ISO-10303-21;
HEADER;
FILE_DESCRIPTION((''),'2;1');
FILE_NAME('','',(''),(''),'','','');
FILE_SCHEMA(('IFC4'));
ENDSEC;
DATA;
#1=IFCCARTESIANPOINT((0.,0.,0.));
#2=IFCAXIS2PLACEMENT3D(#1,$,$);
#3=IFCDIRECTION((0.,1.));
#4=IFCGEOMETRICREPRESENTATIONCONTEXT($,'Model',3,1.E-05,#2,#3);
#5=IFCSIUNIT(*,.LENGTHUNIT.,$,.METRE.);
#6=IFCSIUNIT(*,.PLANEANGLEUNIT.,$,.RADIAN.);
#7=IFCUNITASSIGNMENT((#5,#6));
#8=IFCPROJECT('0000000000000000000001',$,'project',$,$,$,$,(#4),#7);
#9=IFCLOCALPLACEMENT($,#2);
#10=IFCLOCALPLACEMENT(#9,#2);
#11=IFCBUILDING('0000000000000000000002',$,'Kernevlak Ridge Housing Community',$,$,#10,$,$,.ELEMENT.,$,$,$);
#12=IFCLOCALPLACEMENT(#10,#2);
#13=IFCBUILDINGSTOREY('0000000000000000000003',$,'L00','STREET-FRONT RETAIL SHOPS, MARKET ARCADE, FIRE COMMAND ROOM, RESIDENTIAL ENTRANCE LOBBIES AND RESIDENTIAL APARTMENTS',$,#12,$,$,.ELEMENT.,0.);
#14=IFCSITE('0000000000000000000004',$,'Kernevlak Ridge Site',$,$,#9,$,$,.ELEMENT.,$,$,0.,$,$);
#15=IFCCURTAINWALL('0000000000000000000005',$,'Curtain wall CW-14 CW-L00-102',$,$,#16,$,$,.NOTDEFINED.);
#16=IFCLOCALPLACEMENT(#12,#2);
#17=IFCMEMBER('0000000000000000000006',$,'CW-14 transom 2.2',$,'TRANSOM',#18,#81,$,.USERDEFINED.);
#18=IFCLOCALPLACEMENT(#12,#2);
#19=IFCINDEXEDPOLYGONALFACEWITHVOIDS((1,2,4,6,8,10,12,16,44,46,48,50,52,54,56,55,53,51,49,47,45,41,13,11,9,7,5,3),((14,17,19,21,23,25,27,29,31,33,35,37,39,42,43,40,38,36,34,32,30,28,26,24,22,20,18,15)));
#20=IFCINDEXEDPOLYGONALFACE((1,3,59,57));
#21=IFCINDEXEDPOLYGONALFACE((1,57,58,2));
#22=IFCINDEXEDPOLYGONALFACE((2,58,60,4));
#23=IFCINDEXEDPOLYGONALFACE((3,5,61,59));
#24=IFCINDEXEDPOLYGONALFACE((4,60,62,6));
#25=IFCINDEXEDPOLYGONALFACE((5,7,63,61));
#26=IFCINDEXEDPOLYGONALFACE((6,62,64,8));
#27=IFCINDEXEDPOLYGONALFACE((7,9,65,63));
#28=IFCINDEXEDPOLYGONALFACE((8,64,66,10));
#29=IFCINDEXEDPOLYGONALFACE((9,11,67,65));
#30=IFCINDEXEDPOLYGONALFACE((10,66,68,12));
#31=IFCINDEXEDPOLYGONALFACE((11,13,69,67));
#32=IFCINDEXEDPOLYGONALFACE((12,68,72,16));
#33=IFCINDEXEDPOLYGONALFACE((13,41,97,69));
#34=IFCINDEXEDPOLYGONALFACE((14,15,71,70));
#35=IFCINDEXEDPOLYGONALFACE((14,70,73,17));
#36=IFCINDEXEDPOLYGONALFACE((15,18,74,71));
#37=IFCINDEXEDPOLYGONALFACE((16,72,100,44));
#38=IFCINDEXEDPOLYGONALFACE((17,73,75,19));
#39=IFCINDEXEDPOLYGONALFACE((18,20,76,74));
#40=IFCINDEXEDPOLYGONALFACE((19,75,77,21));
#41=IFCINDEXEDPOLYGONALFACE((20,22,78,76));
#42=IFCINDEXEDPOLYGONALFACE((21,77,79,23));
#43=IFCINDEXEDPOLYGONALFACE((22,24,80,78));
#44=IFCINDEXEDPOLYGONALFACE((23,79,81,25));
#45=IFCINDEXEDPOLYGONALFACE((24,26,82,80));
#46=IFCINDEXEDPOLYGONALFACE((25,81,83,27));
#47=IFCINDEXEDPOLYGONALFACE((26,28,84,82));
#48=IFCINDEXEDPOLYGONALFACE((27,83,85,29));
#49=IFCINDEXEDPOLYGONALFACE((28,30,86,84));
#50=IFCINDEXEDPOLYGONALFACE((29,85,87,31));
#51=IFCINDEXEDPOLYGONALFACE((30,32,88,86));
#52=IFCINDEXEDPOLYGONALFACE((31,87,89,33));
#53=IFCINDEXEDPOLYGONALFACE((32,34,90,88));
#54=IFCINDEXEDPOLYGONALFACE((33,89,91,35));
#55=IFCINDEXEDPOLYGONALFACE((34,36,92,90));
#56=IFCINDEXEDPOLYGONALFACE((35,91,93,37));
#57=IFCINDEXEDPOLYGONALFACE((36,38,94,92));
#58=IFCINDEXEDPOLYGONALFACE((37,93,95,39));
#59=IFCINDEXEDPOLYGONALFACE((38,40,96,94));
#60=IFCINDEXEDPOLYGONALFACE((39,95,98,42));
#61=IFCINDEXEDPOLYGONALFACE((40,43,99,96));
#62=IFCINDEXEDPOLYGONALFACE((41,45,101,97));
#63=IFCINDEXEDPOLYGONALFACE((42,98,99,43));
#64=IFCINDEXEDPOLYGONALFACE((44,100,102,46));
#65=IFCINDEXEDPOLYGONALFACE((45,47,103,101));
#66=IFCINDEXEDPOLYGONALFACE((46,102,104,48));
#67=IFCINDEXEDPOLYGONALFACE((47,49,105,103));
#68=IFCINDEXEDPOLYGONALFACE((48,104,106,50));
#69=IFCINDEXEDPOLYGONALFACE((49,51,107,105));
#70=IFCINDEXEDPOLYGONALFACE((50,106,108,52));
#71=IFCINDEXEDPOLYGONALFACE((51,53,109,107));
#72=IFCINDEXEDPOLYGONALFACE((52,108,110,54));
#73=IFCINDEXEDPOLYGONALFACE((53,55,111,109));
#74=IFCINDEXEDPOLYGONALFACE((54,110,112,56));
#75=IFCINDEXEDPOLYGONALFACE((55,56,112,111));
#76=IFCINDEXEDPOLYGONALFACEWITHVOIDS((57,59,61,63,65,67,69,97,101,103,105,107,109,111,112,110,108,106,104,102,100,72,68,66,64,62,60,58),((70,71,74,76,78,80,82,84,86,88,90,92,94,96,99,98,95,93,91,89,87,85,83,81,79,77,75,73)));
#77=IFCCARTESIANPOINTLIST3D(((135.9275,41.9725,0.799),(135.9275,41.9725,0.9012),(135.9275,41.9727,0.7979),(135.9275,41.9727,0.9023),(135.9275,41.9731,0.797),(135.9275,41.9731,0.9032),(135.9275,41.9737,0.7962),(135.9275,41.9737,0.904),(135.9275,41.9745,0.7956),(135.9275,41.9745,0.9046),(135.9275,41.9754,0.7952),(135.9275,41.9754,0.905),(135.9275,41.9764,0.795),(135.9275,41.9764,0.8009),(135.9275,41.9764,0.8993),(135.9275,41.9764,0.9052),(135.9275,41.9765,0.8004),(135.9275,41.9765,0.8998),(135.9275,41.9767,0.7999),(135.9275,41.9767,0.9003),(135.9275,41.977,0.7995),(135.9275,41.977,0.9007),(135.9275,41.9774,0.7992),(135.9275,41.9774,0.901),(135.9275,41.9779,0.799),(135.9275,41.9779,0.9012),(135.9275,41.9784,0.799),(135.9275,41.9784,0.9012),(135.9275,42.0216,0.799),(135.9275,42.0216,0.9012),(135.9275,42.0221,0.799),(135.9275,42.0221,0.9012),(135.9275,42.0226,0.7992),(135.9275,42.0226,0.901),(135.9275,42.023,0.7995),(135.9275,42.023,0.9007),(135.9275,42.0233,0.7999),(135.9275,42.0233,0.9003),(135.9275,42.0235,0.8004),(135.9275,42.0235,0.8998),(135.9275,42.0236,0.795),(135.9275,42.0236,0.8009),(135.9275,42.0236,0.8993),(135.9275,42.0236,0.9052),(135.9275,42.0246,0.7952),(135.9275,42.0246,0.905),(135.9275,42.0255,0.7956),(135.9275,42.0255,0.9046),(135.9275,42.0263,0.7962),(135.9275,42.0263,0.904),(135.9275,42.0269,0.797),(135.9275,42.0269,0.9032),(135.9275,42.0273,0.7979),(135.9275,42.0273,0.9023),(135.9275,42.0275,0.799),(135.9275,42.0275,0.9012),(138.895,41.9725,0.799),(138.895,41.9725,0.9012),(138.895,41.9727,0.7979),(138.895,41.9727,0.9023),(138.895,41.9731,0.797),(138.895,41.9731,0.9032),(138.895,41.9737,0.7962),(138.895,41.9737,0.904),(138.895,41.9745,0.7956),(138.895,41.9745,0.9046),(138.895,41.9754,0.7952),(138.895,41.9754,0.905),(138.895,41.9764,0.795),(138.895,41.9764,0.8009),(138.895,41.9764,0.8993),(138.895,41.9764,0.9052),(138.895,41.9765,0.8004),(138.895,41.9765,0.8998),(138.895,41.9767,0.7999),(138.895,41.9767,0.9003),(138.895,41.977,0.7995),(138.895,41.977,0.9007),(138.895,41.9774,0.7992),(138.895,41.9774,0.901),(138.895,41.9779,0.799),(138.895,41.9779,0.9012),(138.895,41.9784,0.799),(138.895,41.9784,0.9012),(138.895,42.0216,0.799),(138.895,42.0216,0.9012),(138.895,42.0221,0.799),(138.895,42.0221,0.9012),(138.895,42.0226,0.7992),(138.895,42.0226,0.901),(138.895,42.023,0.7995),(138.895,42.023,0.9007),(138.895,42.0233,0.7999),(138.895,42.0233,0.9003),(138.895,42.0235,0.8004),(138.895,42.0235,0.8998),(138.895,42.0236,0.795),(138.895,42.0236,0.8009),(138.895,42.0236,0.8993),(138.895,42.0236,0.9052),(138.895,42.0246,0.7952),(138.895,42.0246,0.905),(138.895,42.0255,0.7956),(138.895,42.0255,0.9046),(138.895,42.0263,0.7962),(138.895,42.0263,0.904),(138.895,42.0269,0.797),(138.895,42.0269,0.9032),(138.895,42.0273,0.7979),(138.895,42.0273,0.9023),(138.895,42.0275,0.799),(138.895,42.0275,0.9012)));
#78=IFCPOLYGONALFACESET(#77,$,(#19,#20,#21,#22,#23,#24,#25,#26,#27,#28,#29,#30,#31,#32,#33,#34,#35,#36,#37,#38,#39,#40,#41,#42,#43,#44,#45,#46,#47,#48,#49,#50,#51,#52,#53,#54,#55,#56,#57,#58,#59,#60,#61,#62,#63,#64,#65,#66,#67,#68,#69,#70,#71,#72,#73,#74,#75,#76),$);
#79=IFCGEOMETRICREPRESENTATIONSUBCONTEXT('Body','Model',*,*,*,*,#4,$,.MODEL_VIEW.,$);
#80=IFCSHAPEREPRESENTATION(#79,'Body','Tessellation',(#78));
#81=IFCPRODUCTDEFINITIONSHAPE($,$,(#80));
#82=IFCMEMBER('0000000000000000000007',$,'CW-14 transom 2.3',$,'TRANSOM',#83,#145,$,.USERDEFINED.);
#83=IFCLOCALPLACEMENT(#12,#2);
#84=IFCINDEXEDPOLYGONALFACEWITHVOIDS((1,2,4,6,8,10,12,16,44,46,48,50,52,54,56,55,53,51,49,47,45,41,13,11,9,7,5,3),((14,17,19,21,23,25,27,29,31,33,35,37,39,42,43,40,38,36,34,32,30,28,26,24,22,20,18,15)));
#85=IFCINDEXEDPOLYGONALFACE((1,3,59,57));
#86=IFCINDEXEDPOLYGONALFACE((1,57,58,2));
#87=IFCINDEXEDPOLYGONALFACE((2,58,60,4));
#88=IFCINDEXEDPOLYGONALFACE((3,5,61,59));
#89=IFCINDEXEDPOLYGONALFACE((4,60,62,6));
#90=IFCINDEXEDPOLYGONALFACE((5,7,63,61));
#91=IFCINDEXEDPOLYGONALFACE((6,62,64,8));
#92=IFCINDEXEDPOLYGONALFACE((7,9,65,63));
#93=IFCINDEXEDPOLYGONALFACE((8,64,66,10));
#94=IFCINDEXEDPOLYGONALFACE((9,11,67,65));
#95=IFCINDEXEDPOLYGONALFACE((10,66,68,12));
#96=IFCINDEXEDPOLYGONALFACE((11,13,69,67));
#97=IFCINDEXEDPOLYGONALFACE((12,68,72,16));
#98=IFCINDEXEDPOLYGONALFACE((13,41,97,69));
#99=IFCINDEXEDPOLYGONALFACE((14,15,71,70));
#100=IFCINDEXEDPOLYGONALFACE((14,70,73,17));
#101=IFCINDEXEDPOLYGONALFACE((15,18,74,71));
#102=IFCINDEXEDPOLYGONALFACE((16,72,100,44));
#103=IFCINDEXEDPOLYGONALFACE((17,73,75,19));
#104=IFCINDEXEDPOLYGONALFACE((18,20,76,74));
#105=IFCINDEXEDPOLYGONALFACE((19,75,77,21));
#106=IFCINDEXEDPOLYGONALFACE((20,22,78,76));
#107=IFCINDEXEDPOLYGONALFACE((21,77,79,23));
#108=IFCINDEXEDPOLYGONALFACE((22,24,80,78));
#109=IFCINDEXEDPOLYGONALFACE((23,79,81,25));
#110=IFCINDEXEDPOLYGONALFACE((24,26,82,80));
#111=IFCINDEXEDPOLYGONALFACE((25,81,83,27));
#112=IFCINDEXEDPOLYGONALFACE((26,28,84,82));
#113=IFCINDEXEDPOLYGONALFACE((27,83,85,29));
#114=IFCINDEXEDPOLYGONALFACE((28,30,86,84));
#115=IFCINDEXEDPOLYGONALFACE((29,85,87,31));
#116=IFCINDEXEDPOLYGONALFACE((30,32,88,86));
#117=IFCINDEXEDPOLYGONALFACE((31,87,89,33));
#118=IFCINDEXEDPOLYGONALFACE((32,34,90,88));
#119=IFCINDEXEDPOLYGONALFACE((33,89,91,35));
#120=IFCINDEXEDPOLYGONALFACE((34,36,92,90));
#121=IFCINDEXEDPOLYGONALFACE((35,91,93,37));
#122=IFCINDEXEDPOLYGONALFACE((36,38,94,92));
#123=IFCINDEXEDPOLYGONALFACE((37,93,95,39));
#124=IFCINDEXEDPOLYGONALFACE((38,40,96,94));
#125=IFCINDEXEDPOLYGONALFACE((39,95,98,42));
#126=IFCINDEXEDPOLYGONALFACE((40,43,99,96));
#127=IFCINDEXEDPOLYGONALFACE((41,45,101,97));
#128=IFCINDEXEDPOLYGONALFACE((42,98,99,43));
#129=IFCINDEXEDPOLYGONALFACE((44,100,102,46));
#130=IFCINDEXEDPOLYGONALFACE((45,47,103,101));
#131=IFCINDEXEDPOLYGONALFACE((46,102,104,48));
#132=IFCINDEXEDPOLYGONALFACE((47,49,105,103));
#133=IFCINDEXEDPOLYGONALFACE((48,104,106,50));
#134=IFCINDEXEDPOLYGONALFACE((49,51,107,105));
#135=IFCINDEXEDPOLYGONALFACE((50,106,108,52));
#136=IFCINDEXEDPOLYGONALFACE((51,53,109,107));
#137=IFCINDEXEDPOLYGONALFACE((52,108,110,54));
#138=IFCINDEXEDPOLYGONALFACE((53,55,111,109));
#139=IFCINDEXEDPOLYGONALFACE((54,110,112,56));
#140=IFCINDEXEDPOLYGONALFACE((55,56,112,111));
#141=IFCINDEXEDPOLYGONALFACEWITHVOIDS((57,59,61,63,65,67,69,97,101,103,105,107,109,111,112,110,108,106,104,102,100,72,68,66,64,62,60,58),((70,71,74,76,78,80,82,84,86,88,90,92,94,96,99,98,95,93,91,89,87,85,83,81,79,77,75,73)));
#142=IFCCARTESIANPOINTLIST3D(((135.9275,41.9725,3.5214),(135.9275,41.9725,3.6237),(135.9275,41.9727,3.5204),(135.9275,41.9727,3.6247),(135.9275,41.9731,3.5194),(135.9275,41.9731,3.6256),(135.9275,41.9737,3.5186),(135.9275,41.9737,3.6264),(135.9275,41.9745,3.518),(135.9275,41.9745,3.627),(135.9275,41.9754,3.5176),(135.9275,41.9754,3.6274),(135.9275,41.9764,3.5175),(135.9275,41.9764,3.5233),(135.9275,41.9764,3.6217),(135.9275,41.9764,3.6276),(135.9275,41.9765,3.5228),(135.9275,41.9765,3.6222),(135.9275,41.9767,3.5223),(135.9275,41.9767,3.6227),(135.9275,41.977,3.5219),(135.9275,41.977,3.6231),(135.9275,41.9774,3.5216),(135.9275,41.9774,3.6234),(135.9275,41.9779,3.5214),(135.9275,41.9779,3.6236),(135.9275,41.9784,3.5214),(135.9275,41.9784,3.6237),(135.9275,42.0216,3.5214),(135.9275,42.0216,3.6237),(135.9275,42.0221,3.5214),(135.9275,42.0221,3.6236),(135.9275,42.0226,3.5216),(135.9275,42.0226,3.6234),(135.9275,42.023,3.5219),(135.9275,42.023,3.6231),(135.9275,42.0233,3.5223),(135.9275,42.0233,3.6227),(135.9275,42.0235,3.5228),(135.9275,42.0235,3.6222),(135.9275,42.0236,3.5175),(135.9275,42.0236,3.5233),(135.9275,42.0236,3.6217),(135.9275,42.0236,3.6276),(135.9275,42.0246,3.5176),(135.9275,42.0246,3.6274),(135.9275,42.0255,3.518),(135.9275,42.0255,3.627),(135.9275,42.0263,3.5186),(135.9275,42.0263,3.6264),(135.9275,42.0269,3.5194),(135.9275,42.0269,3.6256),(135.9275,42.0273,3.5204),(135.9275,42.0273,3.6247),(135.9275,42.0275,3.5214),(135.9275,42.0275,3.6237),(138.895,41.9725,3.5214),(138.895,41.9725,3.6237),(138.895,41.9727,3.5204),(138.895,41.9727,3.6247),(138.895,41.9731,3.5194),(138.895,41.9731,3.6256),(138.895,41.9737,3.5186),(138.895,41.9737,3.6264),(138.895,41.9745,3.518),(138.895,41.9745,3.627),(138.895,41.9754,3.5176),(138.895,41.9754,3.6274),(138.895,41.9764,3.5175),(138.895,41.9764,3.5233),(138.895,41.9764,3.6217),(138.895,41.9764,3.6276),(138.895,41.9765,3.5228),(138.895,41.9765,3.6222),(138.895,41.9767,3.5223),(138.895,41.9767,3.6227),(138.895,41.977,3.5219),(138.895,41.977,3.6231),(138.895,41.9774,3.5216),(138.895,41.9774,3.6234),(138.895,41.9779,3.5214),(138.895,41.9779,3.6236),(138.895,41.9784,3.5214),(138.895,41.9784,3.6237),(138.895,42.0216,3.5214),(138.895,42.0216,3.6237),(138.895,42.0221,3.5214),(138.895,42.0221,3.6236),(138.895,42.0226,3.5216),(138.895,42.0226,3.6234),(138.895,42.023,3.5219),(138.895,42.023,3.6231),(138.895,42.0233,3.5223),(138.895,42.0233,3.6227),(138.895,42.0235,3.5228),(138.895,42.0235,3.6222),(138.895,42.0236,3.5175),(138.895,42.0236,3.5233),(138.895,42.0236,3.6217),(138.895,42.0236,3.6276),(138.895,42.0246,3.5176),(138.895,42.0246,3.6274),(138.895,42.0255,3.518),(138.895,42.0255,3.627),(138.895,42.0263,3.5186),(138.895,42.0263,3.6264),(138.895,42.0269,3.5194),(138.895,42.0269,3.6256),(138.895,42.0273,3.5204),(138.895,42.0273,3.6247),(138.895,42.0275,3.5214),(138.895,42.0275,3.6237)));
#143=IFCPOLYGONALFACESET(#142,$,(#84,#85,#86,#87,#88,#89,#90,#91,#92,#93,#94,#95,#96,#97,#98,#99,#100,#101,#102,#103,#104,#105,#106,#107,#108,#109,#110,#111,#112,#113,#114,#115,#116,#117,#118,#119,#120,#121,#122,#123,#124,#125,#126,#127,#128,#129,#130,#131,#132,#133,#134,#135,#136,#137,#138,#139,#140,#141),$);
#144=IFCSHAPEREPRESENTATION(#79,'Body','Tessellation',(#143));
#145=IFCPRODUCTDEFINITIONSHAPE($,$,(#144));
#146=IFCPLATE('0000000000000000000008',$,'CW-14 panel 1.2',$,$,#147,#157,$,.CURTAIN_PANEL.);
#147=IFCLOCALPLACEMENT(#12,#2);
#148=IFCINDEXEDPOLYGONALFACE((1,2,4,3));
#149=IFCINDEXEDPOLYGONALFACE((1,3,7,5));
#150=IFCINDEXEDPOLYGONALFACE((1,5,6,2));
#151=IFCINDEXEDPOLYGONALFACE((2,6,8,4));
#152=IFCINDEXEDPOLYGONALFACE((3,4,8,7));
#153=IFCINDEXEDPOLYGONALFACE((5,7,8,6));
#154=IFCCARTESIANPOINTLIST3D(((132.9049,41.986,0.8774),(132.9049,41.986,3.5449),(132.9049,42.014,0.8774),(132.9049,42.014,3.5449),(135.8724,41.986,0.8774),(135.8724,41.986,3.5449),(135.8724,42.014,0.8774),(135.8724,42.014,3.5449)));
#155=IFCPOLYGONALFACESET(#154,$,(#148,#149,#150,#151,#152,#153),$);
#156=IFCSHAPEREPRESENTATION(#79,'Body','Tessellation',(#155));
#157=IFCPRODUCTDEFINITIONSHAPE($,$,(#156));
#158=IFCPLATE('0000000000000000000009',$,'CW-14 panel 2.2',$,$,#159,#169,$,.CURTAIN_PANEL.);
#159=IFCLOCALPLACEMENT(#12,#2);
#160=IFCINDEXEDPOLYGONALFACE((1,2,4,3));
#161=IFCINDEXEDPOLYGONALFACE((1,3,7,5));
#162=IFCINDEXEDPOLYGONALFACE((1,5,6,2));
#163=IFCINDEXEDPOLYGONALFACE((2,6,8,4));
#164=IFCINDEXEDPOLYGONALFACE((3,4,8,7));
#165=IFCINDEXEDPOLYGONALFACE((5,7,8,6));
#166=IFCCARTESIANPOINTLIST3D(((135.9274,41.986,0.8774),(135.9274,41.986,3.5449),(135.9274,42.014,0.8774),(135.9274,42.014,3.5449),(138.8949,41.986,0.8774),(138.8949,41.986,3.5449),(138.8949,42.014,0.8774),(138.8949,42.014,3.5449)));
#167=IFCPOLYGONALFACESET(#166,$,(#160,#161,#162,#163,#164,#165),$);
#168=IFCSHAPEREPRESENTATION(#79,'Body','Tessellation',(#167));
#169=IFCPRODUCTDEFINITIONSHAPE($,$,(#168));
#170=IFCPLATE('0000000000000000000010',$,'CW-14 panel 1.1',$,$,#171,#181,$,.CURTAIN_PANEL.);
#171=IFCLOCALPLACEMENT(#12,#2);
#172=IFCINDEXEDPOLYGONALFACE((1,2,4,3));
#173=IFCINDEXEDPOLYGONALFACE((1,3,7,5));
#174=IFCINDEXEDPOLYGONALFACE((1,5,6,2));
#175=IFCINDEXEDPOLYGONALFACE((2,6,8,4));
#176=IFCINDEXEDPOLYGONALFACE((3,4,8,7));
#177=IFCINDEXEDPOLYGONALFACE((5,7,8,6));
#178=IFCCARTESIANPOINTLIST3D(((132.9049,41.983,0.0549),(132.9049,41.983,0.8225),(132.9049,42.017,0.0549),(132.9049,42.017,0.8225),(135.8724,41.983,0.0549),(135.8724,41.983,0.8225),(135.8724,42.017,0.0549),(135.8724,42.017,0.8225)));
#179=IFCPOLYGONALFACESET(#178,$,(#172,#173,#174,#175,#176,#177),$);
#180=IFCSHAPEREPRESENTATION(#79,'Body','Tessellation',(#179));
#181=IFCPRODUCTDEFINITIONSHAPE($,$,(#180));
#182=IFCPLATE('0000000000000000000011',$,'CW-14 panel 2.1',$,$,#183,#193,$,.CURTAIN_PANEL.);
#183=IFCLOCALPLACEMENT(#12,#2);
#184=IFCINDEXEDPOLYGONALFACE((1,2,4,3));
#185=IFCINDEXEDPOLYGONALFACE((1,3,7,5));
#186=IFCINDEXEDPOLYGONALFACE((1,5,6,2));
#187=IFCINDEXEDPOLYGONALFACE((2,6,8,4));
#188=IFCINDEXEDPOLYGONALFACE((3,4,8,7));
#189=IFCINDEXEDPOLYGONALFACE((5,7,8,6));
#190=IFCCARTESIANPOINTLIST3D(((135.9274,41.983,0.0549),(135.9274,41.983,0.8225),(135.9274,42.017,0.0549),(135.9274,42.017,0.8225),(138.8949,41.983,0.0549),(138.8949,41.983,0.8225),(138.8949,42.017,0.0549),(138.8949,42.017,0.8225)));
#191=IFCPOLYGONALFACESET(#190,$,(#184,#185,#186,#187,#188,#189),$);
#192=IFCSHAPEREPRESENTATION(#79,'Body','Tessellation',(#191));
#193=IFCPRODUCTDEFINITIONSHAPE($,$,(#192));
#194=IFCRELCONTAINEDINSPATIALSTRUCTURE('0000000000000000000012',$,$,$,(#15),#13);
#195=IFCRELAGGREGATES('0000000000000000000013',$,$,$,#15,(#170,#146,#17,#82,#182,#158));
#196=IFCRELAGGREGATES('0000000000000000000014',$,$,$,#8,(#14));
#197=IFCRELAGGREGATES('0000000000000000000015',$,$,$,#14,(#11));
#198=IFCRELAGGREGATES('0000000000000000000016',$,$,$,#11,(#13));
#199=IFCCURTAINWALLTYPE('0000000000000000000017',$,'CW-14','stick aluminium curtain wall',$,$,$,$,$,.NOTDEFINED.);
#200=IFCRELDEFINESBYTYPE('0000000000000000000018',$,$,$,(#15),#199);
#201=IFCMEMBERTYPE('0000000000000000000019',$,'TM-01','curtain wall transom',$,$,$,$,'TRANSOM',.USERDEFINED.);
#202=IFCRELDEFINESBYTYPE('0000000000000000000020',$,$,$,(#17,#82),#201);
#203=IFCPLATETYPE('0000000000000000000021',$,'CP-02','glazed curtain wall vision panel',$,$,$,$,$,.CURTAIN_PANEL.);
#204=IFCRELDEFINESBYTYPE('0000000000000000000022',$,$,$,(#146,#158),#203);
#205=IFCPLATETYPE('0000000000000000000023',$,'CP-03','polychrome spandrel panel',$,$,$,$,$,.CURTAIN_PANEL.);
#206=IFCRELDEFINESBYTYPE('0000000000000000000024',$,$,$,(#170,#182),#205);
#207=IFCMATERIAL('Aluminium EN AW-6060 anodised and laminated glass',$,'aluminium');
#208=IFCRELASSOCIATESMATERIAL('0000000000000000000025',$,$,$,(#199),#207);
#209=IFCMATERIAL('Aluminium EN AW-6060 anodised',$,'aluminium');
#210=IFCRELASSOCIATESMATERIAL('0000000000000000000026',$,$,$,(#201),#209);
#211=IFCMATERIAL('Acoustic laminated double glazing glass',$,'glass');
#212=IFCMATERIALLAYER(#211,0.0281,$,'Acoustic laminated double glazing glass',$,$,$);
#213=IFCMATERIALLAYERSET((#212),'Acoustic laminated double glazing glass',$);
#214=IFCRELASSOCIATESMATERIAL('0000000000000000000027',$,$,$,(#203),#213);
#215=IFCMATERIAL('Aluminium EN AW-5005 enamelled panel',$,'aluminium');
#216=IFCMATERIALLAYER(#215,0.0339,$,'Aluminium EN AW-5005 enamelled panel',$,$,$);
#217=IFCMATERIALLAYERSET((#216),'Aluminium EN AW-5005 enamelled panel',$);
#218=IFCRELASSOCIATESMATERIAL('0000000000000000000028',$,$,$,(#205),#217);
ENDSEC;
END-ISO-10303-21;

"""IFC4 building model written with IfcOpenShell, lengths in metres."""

from ifc_helpers import new_model, si_unit, direction, frame, origin, origin_2d, place, context, subcontext, project, spatial, rectangle, hollow_rectangle, extrude, material, layer, layer_set, material_profile, profile_set, type_object, element, aggregate, save


model = new_model("IFC4")

# Units and contexts
model_context = context("Model", 3, precision=1e-05, world=origin(), true_north=direction((0.0, 1.0)))
body_context = subcontext(model_context, "Body", "Model", "MODEL_VIEW")
ifc_project = project(units=[si_unit("LENGTHUNIT", "METRE"), si_unit("PLANEANGLEUNIT", "RADIAN")], contexts=[model_context])

# Site, building, storey
site_placement = place(None, origin())
site = spatial("IfcSite", under=ifc_project, at=site_placement, Name="Kernevlak Ridge Site", CompositionType="ELEMENT", RefElevation=0.0)
building_placement = place(site_placement, origin())
building = spatial("IfcBuilding", under=site, at=building_placement, Name="Kernevlak Ridge Housing Community", CompositionType="ELEMENT")
storey_placement = place(building_placement, origin())
storey = spatial("IfcBuildingStorey", under=building, at=storey_placement, Name="L00", Description="STREET-FRONT RETAIL SHOPS, MARKET ARCADE, FIRE COMMAND ROOM, RESIDENTIAL ENTRANCE LOBBIES AND RESIDENTIAL APARTMENTS", CompositionType="ELEMENT", Elevation=0.0)

# Curtain wall
ifc_material_1 = material(Name="Aluminium EN AW-6060 anodised and laminated glass", Category="aluminium")
curtain_wall_type = type_object("IfcCurtainWallType", Name="CW-14", Description="stick aluminium curtain wall", PredefinedType="NOTDEFINED", material=ifc_material_1)
curtain_wall_placement = place(storey_placement, origin())
curtain_wall = element("IfcCurtainWall", 1, at=curtain_wall_placement, inside=storey, type_object=curtain_wall_type, Name="Curtain wall CW-14 CW-L00-102", PredefinedType="NOTDEFINED")
ifc_material_2 = material(Name="Aluminium EN AW-6060 anodised", Category="aluminium")

# Members
ifc_material_profile_1 = material_profile(ifc_material_2, hollow_rectangle(XDim=0.0549, YDim=0.1101, WallThickness=0.0039, InnerFilletRadius=0.002, OuterFilletRadius=0.0039, at=origin_2d()), Name="ALU 55x110x4")
ifc_profile_set_1 = profile_set([ifc_material_profile_1], Name="Aluminium EN AW-6060 anodised")
member_type_1 = type_object("IfcMemberType", Name="TM-01", Description="curtain wall transom", ElementType="TRANSOM", PredefinedType="USERDEFINED", material=ifc_profile_set_1)
member_1_placement = place(storey_placement, frame((135.9275, 42.0, 0.8501), z_axis=(1.0, 0.0, 0.0), x_axis=(0.0, 1.0, 0.0)))
member_1 = element("IfcMember", 2, at=member_1_placement, type_object=member_type_1, Name="CW-14 transom 2.2", ObjectType="TRANSOM", PredefinedType="USERDEFINED", context=body_context, shape_type="SweptSolid", body=[
    extrude(hollow_rectangle(XDim=0.0549, YDim=0.1101, WallThickness=0.0039, InnerFilletRadius=0.002, OuterFilletRadius=0.0039, at=origin_2d()), origin(), (0.0, 0.0, 1.0), 2.9675),
])
member_2_placement = place(storey_placement, frame((135.9275, 42.0, 3.5725), z_axis=(1.0, 0.0, 0.0), x_axis=(0.0, 1.0, 0.0)))
member_2 = element("IfcMember", 3, at=member_2_placement, type_object=member_type_1, Name="CW-14 transom 2.3", ObjectType="TRANSOM", PredefinedType="USERDEFINED", context=body_context, shape_type="SweptSolid", body=[
    extrude(hollow_rectangle(XDim=0.0549, YDim=0.1101, WallThickness=0.0039, InnerFilletRadius=0.002, OuterFilletRadius=0.0039, at=origin_2d()), origin(), (0.0, 0.0, 1.0), 2.9675),
])

# Plates
ifc_material_3 = material(Name="Acoustic laminated double glazing glass", Category="glass")
ifc_layer_1 = layer(ifc_material_3, 0.0281, Name="Acoustic laminated double glazing glass")
ifc_layer_set_1 = layer_set([ifc_layer_1], Name="Acoustic laminated double glazing glass")
plate_type_1 = type_object("IfcPlateType", Name="CP-02", Description="glazed curtain wall vision panel", PredefinedType="CURTAIN_PANEL", material=ifc_layer_set_1)
plate_1_placement = place(storey_placement, frame((134.3887, 42.0, 0.8774), z_axis=(0.0, 0.0, 1.0), x_axis=(1.0, 0.0, 0.0)))
plate_1 = element("IfcPlate", 4, at=plate_1_placement, type_object=plate_type_1, Name="CW-14 panel 1.2", PredefinedType="CURTAIN_PANEL", context=body_context, shape_type="SweptSolid", body=[
    extrude(rectangle(XDim=2.9675, YDim=0.0281, at=origin_2d()), origin(), (0.0, 0.0, 1.0), 2.6675),
])
plate_2_placement = place(storey_placement, frame((137.4111, 42.0, 0.8774), z_axis=(0.0, 0.0, 1.0), x_axis=(1.0, 0.0, 0.0)))
plate_2 = element("IfcPlate", 5, at=plate_2_placement, type_object=plate_type_1, Name="CW-14 panel 2.2", PredefinedType="CURTAIN_PANEL", context=body_context, shape_type="SweptSolid", body=[
    extrude(rectangle(XDim=2.9675, YDim=0.0281, at=origin_2d()), origin(), (0.0, 0.0, 1.0), 2.6675),
])
ifc_material_4 = material(Name="Aluminium EN AW-5005 enamelled panel", Category="aluminium")
ifc_layer_2 = layer(ifc_material_4, 0.0339, Name="Aluminium EN AW-5005 enamelled panel")
ifc_layer_set_2 = layer_set([ifc_layer_2], Name="Aluminium EN AW-5005 enamelled panel")
plate_type_2 = type_object("IfcPlateType", Name="CP-03", Description="polychrome spandrel panel", PredefinedType="CURTAIN_PANEL", material=ifc_layer_set_2)
plate_3_placement = place(storey_placement, frame((134.3887, 42.0, 0.0549), z_axis=(0.0, 0.0, 1.0), x_axis=(1.0, 0.0, 0.0)))
plate_3 = element("IfcPlate", 6, at=plate_3_placement, type_object=plate_type_2, Name="CW-14 panel 1.1", PredefinedType="CURTAIN_PANEL", context=body_context, shape_type="SweptSolid", body=[
    extrude(rectangle(XDim=2.9675, YDim=0.0339, at=origin_2d()), origin(), (0.0, 0.0, 1.0), 0.7676),
])
plate_4_placement = place(storey_placement, frame((137.4111, 42.0, 0.0549), z_axis=(0.0, 0.0, 1.0), x_axis=(1.0, 0.0, 0.0)))
plate_4 = element("IfcPlate", 7, at=plate_4_placement, type_object=plate_type_2, Name="CW-14 panel 2.1", PredefinedType="CURTAIN_PANEL", context=body_context, shape_type="SweptSolid", body=[
    extrude(rectangle(XDim=2.9675, YDim=0.0339, at=origin_2d()), origin(), (0.0, 0.0, 1.0), 0.7676),
])
aggregate(curtain_wall, [plate_3, plate_1, member_1, member_2, plate_4, plate_2])

save(model, "model.ifc")
